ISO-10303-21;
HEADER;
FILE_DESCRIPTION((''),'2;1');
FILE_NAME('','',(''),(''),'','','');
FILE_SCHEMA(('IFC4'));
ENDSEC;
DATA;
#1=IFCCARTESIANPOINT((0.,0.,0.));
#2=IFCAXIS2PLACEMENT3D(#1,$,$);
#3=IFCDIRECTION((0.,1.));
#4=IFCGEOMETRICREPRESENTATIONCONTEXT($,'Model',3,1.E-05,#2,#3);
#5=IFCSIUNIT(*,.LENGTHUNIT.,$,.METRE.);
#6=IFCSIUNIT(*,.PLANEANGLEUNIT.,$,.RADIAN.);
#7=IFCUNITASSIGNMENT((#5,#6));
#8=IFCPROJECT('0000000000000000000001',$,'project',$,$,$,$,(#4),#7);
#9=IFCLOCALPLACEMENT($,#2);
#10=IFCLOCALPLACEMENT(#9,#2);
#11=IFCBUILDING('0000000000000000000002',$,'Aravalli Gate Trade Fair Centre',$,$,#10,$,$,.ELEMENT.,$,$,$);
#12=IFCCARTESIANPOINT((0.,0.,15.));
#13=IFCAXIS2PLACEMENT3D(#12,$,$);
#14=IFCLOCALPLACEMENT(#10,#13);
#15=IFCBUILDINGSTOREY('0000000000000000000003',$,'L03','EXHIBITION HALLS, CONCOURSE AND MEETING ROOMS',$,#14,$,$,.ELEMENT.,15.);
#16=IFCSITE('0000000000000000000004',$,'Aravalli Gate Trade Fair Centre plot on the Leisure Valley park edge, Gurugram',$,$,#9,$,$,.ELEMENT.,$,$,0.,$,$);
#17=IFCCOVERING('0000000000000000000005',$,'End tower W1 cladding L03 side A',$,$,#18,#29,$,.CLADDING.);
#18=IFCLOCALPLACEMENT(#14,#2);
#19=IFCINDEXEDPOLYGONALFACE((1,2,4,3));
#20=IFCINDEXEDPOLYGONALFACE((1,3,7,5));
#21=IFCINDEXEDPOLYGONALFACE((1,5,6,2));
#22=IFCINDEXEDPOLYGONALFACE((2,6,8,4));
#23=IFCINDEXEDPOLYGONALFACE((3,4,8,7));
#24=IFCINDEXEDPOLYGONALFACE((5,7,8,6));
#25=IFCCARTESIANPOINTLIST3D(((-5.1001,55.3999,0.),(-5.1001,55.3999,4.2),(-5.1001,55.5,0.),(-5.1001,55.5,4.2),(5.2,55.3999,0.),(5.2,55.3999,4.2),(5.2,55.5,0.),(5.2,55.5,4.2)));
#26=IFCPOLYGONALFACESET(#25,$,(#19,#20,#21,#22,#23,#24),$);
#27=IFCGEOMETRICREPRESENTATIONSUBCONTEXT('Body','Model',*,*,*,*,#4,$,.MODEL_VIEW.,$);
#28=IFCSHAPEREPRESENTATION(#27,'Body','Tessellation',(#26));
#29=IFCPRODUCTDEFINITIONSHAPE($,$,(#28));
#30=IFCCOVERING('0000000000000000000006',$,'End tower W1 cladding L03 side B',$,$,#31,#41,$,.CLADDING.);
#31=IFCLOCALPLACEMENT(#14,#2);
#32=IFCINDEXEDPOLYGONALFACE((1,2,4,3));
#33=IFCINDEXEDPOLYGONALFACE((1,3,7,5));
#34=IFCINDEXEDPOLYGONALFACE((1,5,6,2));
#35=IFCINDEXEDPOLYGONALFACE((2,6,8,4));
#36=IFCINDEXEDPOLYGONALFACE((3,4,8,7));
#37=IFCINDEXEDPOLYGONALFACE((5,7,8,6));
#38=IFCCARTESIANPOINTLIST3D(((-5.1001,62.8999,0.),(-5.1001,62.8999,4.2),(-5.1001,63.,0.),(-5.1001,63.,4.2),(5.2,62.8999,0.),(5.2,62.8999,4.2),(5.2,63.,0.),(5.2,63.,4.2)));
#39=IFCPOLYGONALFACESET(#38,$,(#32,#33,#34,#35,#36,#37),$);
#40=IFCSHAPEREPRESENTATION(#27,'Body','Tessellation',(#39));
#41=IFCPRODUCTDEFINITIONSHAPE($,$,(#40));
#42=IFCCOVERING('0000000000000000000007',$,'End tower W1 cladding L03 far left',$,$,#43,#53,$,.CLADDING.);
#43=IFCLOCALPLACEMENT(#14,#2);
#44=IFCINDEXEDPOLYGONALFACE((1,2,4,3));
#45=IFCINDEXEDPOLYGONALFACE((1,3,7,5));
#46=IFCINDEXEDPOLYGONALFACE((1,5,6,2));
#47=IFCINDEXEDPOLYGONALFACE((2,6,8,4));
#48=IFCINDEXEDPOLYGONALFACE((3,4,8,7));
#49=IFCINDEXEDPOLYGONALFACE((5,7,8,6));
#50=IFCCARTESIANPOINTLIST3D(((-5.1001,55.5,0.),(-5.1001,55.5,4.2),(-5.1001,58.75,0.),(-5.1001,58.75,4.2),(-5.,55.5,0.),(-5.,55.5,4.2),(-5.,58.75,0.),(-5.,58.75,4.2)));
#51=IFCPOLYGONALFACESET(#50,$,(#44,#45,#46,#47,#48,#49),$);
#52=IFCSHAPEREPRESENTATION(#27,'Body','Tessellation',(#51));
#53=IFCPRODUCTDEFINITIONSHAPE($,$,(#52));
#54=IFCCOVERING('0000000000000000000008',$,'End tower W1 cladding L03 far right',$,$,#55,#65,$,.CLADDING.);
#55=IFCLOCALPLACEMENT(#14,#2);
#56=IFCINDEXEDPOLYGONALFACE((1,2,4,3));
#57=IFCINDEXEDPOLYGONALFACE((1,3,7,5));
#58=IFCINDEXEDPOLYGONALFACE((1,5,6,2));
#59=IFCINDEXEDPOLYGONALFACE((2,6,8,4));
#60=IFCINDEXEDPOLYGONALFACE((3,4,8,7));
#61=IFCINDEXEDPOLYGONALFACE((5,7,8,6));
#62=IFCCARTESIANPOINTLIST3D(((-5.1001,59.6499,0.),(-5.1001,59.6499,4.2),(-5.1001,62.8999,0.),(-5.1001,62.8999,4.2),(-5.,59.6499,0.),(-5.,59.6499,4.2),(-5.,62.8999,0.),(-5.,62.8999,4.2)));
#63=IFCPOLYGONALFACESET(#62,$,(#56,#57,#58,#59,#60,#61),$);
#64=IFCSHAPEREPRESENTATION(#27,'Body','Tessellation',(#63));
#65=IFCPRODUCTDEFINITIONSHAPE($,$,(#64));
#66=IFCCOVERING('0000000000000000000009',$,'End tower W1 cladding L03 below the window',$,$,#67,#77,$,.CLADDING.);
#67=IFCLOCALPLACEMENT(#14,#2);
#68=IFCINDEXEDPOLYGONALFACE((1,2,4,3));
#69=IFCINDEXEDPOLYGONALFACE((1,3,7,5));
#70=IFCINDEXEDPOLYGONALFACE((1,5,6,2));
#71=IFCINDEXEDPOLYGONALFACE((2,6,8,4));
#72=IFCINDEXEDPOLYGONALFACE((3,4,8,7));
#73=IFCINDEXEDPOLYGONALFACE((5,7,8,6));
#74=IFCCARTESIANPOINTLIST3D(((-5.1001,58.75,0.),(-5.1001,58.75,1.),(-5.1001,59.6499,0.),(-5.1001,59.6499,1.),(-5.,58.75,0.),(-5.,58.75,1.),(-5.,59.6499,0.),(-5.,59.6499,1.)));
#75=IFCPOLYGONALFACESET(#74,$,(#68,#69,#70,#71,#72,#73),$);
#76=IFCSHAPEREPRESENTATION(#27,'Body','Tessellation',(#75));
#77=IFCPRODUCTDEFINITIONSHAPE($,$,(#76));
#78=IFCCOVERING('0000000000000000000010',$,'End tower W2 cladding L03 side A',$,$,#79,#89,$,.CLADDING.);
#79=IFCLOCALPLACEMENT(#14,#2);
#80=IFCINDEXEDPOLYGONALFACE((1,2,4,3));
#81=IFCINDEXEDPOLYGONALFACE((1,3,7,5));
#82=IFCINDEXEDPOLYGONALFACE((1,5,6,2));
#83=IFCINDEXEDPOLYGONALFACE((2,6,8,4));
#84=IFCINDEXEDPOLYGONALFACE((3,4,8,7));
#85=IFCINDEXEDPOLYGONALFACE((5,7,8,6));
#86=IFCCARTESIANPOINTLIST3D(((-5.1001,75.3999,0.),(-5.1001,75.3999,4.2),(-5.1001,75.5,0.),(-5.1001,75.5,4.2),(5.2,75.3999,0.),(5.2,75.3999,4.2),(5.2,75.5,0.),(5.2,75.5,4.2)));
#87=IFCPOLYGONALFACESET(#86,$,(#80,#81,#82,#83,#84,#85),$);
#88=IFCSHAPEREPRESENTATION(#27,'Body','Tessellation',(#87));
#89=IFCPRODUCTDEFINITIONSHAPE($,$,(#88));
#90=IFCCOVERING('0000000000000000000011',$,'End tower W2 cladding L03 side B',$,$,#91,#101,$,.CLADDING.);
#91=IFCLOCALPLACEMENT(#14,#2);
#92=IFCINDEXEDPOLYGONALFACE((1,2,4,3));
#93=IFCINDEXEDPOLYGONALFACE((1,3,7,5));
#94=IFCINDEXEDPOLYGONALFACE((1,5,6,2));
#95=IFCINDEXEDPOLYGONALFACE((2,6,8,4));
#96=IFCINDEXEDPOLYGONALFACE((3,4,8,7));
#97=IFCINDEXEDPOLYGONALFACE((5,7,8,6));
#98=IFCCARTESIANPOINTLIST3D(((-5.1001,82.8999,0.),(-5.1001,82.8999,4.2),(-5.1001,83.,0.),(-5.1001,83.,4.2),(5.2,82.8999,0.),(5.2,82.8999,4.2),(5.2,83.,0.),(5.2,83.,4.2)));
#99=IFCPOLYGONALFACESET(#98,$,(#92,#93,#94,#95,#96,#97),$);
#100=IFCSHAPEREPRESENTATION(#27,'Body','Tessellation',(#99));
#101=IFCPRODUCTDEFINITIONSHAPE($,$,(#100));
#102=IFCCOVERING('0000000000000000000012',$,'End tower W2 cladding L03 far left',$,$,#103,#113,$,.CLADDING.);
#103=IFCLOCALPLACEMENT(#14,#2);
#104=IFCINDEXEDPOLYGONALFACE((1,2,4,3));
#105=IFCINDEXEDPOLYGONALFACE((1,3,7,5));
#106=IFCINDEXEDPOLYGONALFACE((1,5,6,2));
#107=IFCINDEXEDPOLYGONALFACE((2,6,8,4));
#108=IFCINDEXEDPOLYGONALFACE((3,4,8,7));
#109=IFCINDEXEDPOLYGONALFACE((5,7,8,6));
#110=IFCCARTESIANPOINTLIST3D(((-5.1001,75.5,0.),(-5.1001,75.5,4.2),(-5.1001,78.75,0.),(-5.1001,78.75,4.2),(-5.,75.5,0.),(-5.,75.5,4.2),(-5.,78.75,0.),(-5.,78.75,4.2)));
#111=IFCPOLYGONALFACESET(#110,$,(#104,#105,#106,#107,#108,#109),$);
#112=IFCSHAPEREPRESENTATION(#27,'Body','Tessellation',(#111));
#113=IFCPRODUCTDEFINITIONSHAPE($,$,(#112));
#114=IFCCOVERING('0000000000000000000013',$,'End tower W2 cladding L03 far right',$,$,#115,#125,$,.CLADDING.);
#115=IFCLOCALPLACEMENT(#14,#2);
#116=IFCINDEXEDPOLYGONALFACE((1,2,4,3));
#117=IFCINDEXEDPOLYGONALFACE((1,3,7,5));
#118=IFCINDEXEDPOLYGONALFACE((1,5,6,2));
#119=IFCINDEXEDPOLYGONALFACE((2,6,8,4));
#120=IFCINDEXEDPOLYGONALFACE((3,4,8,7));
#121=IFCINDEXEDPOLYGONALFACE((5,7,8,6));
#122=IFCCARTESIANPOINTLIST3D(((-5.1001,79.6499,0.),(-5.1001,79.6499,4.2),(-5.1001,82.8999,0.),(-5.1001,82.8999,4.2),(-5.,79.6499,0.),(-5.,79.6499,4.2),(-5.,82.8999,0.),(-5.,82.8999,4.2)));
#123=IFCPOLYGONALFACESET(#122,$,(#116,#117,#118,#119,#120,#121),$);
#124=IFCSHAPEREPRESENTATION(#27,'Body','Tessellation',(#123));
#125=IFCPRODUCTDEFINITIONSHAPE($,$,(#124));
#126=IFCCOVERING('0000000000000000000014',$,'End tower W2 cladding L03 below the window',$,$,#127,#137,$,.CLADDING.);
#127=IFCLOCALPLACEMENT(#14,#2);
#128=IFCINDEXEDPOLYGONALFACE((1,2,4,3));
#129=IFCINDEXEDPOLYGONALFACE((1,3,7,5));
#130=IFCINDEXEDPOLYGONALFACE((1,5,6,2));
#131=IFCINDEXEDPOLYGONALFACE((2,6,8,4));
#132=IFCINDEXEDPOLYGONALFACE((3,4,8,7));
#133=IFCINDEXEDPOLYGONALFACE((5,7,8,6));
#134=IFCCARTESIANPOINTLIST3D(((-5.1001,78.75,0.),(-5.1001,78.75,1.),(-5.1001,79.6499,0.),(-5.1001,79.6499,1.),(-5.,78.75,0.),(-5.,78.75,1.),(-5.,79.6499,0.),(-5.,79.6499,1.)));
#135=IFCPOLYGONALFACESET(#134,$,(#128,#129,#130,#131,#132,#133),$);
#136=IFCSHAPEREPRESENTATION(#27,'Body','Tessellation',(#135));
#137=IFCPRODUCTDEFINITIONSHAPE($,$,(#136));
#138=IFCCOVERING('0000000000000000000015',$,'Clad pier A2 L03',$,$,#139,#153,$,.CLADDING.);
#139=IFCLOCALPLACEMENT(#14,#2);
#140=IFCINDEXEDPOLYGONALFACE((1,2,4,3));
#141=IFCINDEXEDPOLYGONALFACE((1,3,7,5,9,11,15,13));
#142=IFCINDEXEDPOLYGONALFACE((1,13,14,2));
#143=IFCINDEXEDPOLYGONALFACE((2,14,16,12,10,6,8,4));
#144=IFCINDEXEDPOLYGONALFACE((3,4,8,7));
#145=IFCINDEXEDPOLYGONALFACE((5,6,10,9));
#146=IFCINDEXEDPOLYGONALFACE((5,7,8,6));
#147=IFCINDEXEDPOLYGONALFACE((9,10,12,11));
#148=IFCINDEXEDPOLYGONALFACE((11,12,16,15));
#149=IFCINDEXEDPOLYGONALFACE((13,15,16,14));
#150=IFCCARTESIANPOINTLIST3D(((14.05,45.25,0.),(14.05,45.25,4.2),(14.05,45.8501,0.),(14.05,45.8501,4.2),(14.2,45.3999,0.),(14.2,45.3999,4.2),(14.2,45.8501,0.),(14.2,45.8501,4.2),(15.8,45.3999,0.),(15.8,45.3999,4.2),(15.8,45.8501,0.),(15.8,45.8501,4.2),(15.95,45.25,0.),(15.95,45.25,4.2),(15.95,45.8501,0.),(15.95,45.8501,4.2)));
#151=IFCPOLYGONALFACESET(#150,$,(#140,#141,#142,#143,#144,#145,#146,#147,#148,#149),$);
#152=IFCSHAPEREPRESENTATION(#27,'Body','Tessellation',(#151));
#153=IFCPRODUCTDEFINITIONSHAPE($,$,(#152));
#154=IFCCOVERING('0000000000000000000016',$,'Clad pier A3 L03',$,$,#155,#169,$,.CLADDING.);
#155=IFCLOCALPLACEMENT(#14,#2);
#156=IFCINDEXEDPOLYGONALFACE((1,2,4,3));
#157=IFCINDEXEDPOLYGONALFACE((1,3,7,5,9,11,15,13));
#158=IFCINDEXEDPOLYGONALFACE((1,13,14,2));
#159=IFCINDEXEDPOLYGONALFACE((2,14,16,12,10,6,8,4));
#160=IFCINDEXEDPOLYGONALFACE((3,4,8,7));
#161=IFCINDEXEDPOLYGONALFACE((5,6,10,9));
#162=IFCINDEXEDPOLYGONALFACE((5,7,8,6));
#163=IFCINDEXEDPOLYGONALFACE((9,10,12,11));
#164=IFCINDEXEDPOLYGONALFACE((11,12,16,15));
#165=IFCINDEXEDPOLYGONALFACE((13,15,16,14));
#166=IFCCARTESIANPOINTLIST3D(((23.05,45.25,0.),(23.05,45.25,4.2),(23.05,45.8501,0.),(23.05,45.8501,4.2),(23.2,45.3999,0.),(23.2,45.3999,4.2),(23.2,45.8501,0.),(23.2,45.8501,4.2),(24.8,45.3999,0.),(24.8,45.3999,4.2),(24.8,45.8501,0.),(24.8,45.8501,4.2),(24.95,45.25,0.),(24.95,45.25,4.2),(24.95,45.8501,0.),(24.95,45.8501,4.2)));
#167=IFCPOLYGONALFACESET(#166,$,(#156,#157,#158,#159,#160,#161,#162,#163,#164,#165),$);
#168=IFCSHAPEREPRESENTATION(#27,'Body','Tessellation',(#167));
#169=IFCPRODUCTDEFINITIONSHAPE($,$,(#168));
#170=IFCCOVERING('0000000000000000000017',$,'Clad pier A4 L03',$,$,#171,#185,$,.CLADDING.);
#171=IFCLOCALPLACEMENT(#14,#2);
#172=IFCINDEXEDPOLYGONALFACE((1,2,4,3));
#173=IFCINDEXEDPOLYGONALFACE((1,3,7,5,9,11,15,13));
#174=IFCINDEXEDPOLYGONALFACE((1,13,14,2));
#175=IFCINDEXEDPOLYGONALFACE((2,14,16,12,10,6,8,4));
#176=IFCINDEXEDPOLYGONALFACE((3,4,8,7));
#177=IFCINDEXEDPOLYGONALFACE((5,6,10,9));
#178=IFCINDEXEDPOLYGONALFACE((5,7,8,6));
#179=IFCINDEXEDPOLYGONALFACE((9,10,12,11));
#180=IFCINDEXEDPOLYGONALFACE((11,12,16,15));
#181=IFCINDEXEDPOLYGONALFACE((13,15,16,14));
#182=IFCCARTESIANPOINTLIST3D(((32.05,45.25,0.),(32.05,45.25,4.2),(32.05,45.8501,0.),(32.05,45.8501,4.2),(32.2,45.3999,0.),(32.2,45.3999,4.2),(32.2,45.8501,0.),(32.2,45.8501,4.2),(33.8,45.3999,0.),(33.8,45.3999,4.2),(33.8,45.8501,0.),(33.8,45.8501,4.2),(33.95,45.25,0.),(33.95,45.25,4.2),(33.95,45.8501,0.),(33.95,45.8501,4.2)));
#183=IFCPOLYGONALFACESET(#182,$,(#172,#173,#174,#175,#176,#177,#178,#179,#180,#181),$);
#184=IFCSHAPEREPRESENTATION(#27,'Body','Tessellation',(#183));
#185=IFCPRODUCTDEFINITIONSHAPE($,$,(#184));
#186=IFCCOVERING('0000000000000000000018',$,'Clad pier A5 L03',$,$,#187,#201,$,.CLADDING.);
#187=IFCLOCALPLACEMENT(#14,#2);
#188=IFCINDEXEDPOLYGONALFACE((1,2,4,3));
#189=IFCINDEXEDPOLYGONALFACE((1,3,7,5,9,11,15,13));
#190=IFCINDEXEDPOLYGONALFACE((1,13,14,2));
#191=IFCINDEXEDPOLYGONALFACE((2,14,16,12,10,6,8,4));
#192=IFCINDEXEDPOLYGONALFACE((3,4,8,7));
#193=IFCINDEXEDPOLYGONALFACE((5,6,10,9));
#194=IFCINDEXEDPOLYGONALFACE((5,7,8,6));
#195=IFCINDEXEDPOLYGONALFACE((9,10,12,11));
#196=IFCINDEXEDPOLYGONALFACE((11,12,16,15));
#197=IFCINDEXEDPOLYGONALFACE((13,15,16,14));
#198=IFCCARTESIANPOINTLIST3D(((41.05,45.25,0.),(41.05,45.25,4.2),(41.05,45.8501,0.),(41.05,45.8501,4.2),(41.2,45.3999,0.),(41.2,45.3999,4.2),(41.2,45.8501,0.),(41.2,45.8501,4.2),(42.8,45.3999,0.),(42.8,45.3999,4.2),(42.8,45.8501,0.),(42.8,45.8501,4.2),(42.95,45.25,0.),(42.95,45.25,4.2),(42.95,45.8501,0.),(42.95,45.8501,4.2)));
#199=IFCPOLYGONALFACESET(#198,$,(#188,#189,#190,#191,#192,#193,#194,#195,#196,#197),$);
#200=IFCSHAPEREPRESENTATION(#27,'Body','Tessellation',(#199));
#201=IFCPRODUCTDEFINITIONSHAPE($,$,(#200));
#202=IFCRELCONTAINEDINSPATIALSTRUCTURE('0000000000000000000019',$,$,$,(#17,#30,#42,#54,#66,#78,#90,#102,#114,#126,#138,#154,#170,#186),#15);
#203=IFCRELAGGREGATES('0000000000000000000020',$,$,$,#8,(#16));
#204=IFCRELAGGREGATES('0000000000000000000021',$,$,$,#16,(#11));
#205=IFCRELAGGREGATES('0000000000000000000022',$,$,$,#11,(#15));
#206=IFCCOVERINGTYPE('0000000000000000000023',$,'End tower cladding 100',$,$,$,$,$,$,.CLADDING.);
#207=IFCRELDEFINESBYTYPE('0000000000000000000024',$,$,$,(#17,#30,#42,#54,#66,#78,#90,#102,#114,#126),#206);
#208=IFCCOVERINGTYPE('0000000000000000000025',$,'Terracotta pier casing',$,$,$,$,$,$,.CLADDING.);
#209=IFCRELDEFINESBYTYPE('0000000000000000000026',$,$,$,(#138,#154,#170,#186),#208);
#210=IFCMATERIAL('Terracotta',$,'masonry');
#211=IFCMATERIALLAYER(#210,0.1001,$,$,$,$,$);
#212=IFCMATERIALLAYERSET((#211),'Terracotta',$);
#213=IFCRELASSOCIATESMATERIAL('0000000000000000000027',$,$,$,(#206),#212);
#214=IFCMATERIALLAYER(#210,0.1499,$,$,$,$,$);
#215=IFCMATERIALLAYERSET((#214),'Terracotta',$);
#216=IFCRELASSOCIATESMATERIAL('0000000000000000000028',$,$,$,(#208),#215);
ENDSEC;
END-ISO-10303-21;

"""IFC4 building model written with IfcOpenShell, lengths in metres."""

from ifc_helpers import new_model, si_unit, direction, frame, origin, place, context, subcontext, project, spatial, polyline, outline, extrude, material, layer, layer_set, type_object, element, save


model = new_model("IFC4")

# Units and contexts
model_context = context("Model", 3, precision=1e-05, world=origin(), true_north=direction((0.0, 1.0)))
body_context = subcontext(model_context, "Body", "Model", "MODEL_VIEW")
ifc_project = project(units=[si_unit("LENGTHUNIT", "METRE"), si_unit("PLANEANGLEUNIT", "RADIAN")], contexts=[model_context])

# Site, building, storey
site_placement = place(None, origin())
site = spatial("IfcSite", under=ifc_project, at=site_placement, Name="Aravalli Gate Trade Fair Centre plot on the Leisure Valley park edge, Gurugram", CompositionType="ELEMENT", RefElevation=0.0)
building_placement = place(site_placement, origin())
building = spatial("IfcBuilding", under=site, at=building_placement, Name="Aravalli Gate Trade Fair Centre", CompositionType="ELEMENT")
storey_placement = place(building_placement, frame((0.0, 0.0, 15.0)))
storey = spatial("IfcBuildingStorey", under=building, at=storey_placement, Name="L03", Description="EXHIBITION HALLS, CONCOURSE AND MEETING ROOMS", CompositionType="ELEMENT", Elevation=15.0)

# Coverings
ifc_material = material(Name="Terracotta", Category="masonry")
ifc_layer_1 = layer(ifc_material, 0.1001)
ifc_layer_set_1 = layer_set([ifc_layer_1], Name="Terracotta")
covering_type_1 = type_object("IfcCoveringType", Name="End tower cladding 100", PredefinedType="CLADDING", material=ifc_layer_set_1)
covering_1_placement = place(storey_placement, origin())
element("IfcCovering", 1, at=covering_1_placement, inside=storey, type_object=covering_type_1, Name="End tower W1 cladding L03 side A", PredefinedType="CLADDING", context=body_context, shape_type="SweptSolid", body=[
    extrude(outline(polyline([(5.2, 55.3999), (-5.1001, 55.3999), (-5.1001, 55.5), (5.2, 55.5), (5.2, 55.3999)])), origin(), (0.0, 0.0, 1.0), 4.2),
])
covering_2_placement = place(storey_placement, origin())
element("IfcCovering", 2, at=covering_2_placement, inside=storey, type_object=covering_type_1, Name="End tower W1 cladding L03 side B", PredefinedType="CLADDING", context=body_context, shape_type="SweptSolid", body=[
    extrude(outline(polyline([(5.2, 62.8999), (-5.1001, 62.8999), (-5.1001, 63.0), (5.2, 63.0), (5.2, 62.8999)])), origin(), (0.0, 0.0, 1.0), 4.2),
])
covering_3_placement = place(storey_placement, origin())
element("IfcCovering", 3, at=covering_3_placement, inside=storey, type_object=covering_type_1, Name="End tower W1 cladding L03 far left", PredefinedType="CLADDING", context=body_context, shape_type="SweptSolid", body=[
    extrude(outline(polyline([(-5.0, 55.5), (-5.1001, 55.5), (-5.1001, 58.75), (-5.0, 58.75), (-5.0, 55.5)])), origin(), (0.0, 0.0, 1.0), 4.2),
])
covering_4_placement = place(storey_placement, origin())
element("IfcCovering", 4, at=covering_4_placement, inside=storey, type_object=covering_type_1, Name="End tower W1 cladding L03 far right", PredefinedType="CLADDING", context=body_context, shape_type="SweptSolid", body=[
    extrude(outline(polyline([(-5.0, 59.6499), (-5.1001, 59.6499), (-5.1001, 62.8999), (-5.0, 62.8999), (-5.0, 59.6499)])), origin(), (0.0, 0.0, 1.0), 4.2),
])
covering_5_placement = place(storey_placement, origin())
element("IfcCovering", 5, at=covering_5_placement, inside=storey, type_object=covering_type_1, Name="End tower W1 cladding L03 below the window", PredefinedType="CLADDING", context=body_context, shape_type="SweptSolid", body=[
    extrude(outline(polyline([(-5.0, 58.75), (-5.1001, 58.75), (-5.1001, 59.6499), (-5.0, 59.6499), (-5.0, 58.75)])), origin(), (0.0, 0.0, 1.0), 1.0),
])
covering_6_placement = place(storey_placement, origin())
element("IfcCovering", 6, at=covering_6_placement, inside=storey, type_object=covering_type_1, Name="End tower W2 cladding L03 side A", PredefinedType="CLADDING", context=body_context, shape_type="SweptSolid", body=[
    extrude(outline(polyline([(5.2, 75.3999), (-5.1001, 75.3999), (-5.1001, 75.5), (5.2, 75.5), (5.2, 75.3999)])), origin(), (0.0, 0.0, 1.0), 4.2),
])
covering_7_placement = place(storey_placement, origin())
element("IfcCovering", 7, at=covering_7_placement, inside=storey, type_object=covering_type_1, Name="End tower W2 cladding L03 side B", PredefinedType="CLADDING", context=body_context, shape_type="SweptSolid", body=[
    extrude(outline(polyline([(5.2, 82.8999), (-5.1001, 82.8999), (-5.1001, 83.0), (5.2, 83.0), (5.2, 82.8999)])), origin(), (0.0, 0.0, 1.0), 4.2),
])
covering_8_placement = place(storey_placement, origin())
element("IfcCovering", 8, at=covering_8_placement, inside=storey, type_object=covering_type_1, Name="End tower W2 cladding L03 far left", PredefinedType="CLADDING", context=body_context, shape_type="SweptSolid", body=[
    extrude(outline(polyline([(-5.0, 75.5), (-5.1001, 75.5), (-5.1001, 78.75), (-5.0, 78.75), (-5.0, 75.5)])), origin(), (0.0, 0.0, 1.0), 4.2),
])
covering_9_placement = place(storey_placement, origin())
element("IfcCovering", 9, at=covering_9_placement, inside=storey, type_object=covering_type_1, Name="End tower W2 cladding L03 far right", PredefinedType="CLADDING", context=body_context, shape_type="SweptSolid", body=[
    extrude(outline(polyline([(-5.0, 79.6499), (-5.1001, 79.6499), (-5.1001, 82.8999), (-5.0, 82.8999), (-5.0, 79.6499)])), origin(), (0.0, 0.0, 1.0), 4.2),
])
covering_10_placement = place(storey_placement, origin())
element("IfcCovering", 10, at=covering_10_placement, inside=storey, type_object=covering_type_1, Name="End tower W2 cladding L03 below the window", PredefinedType="CLADDING", context=body_context, shape_type="SweptSolid", body=[
    extrude(outline(polyline([(-5.0, 78.75), (-5.1001, 78.75), (-5.1001, 79.6499), (-5.0, 79.6499), (-5.0, 78.75)])), origin(), (0.0, 0.0, 1.0), 1.0),
])
ifc_layer_2 = layer(ifc_material, 0.1499)
ifc_layer_set_2 = layer_set([ifc_layer_2], Name="Terracotta")
covering_type_2 = type_object("IfcCoveringType", Name="Terracotta pier casing", PredefinedType="CLADDING", material=ifc_layer_set_2)
covering_11_placement = place(storey_placement, origin())
element("IfcCovering", 11, at=covering_11_placement, inside=storey, type_object=covering_type_2, Name="Clad pier A2 L03", PredefinedType="CLADDING", context=body_context, shape_type="SweptSolid", body=[
    extrude(outline(polyline([(14.05, 45.8501), (14.2, 45.8501), (14.2, 45.3999), (15.8, 45.3999), (15.8, 45.8501), (15.95, 45.8501), (15.95, 45.25), (14.05, 45.25), (14.05, 45.8501)])), origin(), (0.0, 0.0, 1.0), 4.2),
])
covering_12_placement = place(storey_placement, origin())
element("IfcCovering", 12, at=covering_12_placement, inside=storey, type_object=covering_type_2, Name="Clad pier A3 L03", PredefinedType="CLADDING", context=body_context, shape_type="SweptSolid", body=[
    extrude(outline(polyline([(23.05, 45.8501), (23.2, 45.8501), (23.2, 45.3999), (24.8, 45.3999), (24.8, 45.8501), (24.95, 45.8501), (24.95, 45.25), (23.05, 45.25), (23.05, 45.8501)])), origin(), (0.0, 0.0, 1.0), 4.2),
])
covering_13_placement = place(storey_placement, origin())
element("IfcCovering", 13, at=covering_13_placement, inside=storey, type_object=covering_type_2, Name="Clad pier A4 L03", PredefinedType="CLADDING", context=body_context, shape_type="SweptSolid", body=[
    extrude(outline(polyline([(32.05, 45.8501), (32.2, 45.8501), (32.2, 45.3999), (33.8, 45.3999), (33.8, 45.8501), (33.95, 45.8501), (33.95, 45.25), (32.05, 45.25), (32.05, 45.8501)])), origin(), (0.0, 0.0, 1.0), 4.2),
])
covering_14_placement = place(storey_placement, origin())
element("IfcCovering", 14, at=covering_14_placement, inside=storey, type_object=covering_type_2, Name="Clad pier A5 L03", PredefinedType="CLADDING", context=body_context, shape_type="SweptSolid", body=[
    extrude(outline(polyline([(41.05, 45.8501), (41.2, 45.8501), (41.2, 45.3999), (42.8, 45.3999), (42.8, 45.8501), (42.95, 45.8501), (42.95, 45.25), (41.05, 45.25), (41.05, 45.8501)])), origin(), (0.0, 0.0, 1.0), 4.2),
])

save(model, "model.ifc")
